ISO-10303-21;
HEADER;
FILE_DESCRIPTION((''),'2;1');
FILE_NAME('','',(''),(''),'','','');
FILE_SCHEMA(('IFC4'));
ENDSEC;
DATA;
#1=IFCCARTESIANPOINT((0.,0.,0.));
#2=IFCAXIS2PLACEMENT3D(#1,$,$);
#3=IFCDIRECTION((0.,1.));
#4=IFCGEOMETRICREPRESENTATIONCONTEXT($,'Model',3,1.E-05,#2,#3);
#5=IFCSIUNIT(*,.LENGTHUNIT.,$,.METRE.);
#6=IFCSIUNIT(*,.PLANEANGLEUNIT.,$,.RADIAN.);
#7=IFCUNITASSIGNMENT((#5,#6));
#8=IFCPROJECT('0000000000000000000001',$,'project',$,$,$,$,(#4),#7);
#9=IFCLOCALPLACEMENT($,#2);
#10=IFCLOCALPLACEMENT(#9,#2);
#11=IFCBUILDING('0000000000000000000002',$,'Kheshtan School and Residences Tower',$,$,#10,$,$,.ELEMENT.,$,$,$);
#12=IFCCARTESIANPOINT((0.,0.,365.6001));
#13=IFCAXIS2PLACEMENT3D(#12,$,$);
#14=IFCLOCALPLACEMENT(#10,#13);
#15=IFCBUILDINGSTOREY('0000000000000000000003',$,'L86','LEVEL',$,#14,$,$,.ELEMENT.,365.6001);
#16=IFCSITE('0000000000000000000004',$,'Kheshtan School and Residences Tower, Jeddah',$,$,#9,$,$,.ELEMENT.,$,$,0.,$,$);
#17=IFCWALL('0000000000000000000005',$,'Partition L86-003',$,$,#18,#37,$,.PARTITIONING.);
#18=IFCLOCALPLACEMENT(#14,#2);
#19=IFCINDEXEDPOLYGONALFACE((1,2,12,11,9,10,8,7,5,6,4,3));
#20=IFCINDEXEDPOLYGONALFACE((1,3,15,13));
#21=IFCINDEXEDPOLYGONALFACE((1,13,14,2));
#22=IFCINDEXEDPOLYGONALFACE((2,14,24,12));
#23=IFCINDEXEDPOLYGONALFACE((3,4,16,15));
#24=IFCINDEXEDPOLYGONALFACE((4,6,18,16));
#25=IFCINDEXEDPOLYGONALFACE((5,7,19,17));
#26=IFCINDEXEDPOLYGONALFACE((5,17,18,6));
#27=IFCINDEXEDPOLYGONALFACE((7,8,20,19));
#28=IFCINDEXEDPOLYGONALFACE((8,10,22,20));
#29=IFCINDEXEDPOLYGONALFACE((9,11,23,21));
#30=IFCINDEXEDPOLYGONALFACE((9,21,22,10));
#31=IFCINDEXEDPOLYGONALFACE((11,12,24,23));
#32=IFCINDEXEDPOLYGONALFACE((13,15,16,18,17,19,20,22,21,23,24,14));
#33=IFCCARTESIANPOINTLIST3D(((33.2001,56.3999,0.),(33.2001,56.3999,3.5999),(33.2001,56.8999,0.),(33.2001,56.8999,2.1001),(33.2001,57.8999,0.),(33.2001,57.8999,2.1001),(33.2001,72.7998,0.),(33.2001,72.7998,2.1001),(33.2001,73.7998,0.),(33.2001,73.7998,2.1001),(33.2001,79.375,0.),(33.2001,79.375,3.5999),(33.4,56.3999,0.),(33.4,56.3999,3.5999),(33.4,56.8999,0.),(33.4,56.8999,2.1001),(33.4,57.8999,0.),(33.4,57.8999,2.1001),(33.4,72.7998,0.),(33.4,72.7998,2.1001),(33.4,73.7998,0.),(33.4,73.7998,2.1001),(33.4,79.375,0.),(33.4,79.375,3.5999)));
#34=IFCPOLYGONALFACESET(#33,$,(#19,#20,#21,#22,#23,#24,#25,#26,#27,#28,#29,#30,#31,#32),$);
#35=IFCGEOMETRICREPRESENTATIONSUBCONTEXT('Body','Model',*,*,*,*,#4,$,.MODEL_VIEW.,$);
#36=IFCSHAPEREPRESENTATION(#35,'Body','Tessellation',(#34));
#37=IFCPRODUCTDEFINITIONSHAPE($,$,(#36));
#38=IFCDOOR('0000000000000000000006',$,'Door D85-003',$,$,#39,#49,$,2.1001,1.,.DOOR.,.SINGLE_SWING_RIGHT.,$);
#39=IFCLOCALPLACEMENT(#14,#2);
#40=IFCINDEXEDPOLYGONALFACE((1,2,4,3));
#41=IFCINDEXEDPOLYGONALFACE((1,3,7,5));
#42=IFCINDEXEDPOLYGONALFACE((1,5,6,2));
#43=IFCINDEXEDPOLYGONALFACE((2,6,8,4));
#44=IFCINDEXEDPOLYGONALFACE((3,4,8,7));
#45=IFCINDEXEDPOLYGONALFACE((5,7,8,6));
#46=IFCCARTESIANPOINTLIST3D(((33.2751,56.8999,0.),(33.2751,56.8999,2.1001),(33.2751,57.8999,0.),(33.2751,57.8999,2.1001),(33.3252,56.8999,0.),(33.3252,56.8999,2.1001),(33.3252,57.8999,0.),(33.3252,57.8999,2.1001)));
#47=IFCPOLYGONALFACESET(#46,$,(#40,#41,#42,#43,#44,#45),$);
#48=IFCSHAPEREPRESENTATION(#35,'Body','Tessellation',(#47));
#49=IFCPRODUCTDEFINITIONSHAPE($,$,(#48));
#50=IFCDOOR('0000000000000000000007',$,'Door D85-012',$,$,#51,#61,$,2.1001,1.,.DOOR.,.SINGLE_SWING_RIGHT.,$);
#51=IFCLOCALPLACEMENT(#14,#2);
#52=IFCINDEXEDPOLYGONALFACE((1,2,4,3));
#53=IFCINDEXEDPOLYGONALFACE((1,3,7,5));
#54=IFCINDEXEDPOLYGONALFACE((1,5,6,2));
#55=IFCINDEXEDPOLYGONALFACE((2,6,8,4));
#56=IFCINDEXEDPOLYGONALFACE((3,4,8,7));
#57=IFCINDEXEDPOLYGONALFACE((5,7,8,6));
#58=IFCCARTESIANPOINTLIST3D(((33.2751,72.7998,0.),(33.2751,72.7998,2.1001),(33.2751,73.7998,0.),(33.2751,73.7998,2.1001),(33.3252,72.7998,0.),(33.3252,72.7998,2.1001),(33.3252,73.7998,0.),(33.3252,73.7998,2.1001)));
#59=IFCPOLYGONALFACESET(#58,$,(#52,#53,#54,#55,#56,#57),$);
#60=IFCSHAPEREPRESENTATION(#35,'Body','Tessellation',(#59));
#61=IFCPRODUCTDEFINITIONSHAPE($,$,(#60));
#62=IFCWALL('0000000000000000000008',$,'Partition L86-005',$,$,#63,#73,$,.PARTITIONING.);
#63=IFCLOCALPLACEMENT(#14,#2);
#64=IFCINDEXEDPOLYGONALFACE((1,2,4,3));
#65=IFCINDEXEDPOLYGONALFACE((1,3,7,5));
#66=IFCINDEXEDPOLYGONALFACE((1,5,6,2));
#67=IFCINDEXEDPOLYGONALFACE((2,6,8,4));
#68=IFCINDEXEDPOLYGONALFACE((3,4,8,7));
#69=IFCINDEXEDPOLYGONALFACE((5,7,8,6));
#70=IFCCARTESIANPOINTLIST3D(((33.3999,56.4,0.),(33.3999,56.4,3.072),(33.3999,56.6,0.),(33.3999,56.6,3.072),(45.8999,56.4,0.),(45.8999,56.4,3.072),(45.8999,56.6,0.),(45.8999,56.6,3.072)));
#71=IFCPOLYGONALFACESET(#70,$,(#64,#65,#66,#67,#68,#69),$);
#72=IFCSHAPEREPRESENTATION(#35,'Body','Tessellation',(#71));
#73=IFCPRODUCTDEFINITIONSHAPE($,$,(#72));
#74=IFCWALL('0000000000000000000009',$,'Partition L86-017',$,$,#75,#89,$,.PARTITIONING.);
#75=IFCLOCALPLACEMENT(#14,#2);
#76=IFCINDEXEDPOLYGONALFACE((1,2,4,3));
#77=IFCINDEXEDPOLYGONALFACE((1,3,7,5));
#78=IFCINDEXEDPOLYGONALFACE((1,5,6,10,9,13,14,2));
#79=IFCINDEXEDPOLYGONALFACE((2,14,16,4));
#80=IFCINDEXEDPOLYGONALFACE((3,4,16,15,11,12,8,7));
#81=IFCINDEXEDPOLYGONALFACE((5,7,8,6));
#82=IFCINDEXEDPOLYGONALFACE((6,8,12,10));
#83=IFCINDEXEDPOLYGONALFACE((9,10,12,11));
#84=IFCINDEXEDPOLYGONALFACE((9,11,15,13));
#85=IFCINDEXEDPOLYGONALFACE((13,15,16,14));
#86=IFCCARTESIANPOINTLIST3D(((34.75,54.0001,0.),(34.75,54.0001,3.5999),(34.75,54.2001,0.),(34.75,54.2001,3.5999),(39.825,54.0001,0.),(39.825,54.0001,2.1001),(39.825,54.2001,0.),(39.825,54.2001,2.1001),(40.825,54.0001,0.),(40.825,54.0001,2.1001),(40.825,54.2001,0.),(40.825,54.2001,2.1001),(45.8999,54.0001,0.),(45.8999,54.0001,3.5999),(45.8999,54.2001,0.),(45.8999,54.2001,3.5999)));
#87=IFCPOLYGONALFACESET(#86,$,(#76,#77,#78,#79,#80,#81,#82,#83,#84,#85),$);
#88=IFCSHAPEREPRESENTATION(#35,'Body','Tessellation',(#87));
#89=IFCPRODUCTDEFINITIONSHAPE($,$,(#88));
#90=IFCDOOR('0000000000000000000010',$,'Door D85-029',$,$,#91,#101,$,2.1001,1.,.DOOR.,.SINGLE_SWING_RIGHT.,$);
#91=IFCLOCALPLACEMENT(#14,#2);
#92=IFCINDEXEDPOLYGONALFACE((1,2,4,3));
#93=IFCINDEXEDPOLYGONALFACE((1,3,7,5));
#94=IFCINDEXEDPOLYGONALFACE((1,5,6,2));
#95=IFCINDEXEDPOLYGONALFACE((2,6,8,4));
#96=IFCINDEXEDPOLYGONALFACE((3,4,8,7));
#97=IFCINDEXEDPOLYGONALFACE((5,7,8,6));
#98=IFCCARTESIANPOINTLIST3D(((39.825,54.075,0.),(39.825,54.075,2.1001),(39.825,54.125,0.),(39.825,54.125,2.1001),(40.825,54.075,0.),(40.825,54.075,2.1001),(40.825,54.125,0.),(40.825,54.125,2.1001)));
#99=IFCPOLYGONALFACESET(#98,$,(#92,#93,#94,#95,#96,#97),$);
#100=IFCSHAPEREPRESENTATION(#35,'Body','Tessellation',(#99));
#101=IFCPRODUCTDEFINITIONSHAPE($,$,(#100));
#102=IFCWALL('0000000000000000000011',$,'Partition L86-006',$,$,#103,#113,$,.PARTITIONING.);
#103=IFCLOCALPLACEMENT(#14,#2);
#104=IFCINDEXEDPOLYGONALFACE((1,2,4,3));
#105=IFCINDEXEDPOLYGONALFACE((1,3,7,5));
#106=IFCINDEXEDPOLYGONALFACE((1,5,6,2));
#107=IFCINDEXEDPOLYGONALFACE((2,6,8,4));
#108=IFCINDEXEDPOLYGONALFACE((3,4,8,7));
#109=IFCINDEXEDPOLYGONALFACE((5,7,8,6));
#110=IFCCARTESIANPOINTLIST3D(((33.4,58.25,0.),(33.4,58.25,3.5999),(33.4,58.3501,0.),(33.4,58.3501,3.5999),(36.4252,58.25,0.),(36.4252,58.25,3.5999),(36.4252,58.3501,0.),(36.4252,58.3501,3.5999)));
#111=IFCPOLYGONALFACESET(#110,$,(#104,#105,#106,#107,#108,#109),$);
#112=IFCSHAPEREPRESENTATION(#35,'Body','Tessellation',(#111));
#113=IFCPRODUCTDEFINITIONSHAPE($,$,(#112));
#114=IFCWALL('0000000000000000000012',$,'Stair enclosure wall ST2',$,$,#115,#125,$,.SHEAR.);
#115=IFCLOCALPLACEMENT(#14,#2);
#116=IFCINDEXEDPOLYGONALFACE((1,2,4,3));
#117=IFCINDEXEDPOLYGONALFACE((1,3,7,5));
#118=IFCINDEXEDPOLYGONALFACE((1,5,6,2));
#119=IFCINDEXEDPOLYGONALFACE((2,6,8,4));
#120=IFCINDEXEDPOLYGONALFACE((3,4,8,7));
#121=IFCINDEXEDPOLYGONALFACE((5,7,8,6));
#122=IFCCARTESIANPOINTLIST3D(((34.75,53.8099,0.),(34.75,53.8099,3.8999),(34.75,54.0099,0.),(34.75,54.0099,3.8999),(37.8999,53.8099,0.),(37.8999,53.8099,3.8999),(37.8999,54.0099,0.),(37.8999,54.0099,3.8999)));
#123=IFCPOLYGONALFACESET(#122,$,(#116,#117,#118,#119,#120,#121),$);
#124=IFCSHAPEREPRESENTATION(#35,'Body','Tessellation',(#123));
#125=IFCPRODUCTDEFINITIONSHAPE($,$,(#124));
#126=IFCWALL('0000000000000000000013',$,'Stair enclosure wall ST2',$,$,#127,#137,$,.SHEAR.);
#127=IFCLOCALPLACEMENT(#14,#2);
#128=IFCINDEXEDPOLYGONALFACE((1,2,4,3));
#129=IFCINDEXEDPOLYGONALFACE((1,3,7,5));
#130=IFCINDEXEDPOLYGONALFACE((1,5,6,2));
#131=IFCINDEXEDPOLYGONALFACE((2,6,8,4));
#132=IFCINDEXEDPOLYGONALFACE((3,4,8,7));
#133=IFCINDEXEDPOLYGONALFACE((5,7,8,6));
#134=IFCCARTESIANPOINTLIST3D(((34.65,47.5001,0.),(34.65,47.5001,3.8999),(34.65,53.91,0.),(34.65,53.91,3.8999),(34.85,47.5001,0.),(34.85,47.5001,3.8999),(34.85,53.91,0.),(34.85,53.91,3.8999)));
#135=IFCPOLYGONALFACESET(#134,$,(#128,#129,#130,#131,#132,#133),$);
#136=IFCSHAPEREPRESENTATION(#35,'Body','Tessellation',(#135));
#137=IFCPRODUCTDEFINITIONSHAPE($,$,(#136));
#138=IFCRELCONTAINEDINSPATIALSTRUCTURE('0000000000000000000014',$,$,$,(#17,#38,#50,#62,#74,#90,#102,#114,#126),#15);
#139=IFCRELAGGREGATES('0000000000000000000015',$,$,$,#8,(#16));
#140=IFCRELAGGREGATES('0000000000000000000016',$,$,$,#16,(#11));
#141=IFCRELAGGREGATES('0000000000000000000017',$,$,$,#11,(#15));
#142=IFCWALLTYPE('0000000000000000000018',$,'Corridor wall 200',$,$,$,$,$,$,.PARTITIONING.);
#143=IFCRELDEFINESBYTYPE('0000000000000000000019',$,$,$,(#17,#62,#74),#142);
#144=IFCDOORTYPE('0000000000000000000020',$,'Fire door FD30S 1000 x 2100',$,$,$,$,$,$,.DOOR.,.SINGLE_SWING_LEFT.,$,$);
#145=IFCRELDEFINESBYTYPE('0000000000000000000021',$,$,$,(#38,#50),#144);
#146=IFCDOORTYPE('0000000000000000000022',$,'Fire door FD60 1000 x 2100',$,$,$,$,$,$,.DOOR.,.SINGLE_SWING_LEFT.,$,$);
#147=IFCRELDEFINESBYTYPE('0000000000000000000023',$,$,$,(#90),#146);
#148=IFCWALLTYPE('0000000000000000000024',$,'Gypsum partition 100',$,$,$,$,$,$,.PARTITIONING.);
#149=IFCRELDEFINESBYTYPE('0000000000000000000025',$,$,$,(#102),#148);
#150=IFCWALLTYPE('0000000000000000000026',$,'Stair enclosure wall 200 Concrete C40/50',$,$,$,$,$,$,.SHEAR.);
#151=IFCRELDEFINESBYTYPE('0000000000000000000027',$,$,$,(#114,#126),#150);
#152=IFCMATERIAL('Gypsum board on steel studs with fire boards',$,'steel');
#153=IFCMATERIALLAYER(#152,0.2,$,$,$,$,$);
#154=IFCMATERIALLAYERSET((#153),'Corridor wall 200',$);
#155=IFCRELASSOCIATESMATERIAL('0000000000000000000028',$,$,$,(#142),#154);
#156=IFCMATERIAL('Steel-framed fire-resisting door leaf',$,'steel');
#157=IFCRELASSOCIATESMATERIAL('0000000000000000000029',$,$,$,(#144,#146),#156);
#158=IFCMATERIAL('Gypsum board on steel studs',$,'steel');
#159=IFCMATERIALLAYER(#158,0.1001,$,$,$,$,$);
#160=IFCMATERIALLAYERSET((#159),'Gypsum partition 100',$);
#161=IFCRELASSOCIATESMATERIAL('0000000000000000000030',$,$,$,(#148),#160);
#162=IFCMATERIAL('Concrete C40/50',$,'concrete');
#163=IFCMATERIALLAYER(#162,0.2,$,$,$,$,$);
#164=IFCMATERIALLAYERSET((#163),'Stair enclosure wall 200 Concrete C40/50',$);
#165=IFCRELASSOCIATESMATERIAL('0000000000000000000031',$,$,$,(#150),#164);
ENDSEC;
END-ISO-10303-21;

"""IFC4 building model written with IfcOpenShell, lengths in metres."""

from ifc_helpers import new_model, si_unit, direction, frame, frame_2d, origin, place, context, subcontext, project, spatial, rectangle, extrude, source, transform, mapped, material, layer, layer_set, type_object, element, fill, save


model = new_model("IFC4")

# Units and contexts
model_context = context("Model", 3, precision=1e-05, world=origin(), true_north=direction((0.0, 1.0)))
body_context = subcontext(model_context, "Body", "Model", "MODEL_VIEW")
ifc_project = project(units=[si_unit("LENGTHUNIT", "METRE"), si_unit("PLANEANGLEUNIT", "RADIAN")], contexts=[model_context])

# Site, building, storey
site_placement = place(None, origin())
site = spatial("IfcSite", under=ifc_project, at=site_placement, Name="Kheshtan School and Residences Tower, Jeddah", CompositionType="ELEMENT", RefElevation=0.0)
building_placement = place(site_placement, origin())
building = spatial("IfcBuilding", under=site, at=building_placement, Name="Kheshtan School and Residences Tower", CompositionType="ELEMENT")
storey_placement = place(building_placement, frame((0.0, 0.0, 365.6001)))
storey = spatial("IfcBuildingStorey", under=building, at=storey_placement, Name="L86", Description="LEVEL", CompositionType="ELEMENT", Elevation=365.6001)

# Wall, openings, doors
ifc_material_1 = material(Name="Gypsum board on steel studs with fire boards", Category="steel")
ifc_layer_1 = layer(ifc_material_1, 0.2)
ifc_layer_set_1 = layer_set([ifc_layer_1], Name="Corridor wall 200")
wall_type_1 = type_object("IfcWallType", Name="Corridor wall 200", PredefinedType="PARTITIONING", material=ifc_layer_set_1)
wall_1_placement = place(storey_placement, frame((33.3, 56.3999, 0.0), z_axis=(0.0, 0.0, 1.0), x_axis=(0.0, 1.0, 0.0)))
wall_1 = element("IfcWall", 1, at=wall_1_placement, inside=storey, type_object=wall_type_1, Name="Partition L86-003", PredefinedType="PARTITIONING", context=body_context, shape_type="SweptSolid", body=[
    extrude(rectangle(XDim=22.9751, YDim=0.2, at=frame_2d((11.4875, 0.0))), origin(), (0.0, 0.0, 1.0), 3.5999),
])
opening_1_placement = place(wall_1_placement, frame((0.5, 0.0, 0.0)))
opening_1 = element("IfcOpeningElement", 2, at=opening_1_placement, cuts=wall_1, PredefinedType="OPENING", context=body_context, shape_type="SweptSolid", body=[
    extrude(rectangle(XDim=1.0, YDim=2.1001, at=frame_2d((0.5, 1.05))), frame((0.0, 0.1099, 0.0), z_axis=(0.0, -1.0, 0.0), x_axis=(1.0, 0.0, 0.0)), (0.0, 0.0, 1.0), 0.22),
])
opening_2_placement = place(wall_1_placement, frame((16.3999, 0.0, 0.0)))
opening_2 = element("IfcOpeningElement", 3, at=opening_2_placement, cuts=wall_1, PredefinedType="OPENING", context=body_context, shape_type="SweptSolid", body=[
    extrude(rectangle(XDim=1.0, YDim=2.1001, at=frame_2d((0.5, 1.05))), frame((0.0, 0.1099, 0.0), z_axis=(0.0, -1.0, 0.0), x_axis=(1.0, 0.0, 0.0)), (0.0, 0.0, 1.0), 0.22),
])
ifc_material_2 = material(Name="Steel-framed fire-resisting door leaf", Category="steel")
door_type_1 = type_object("IfcDoorType", Name="Fire door FD30S 1000 x 2100", OperationType="SINGLE_SWING_LEFT", PredefinedType="DOOR", material=ifc_material_2)
shared_shape_1 = source(origin(), body_context, "Body", "SweptSolid", [
    extrude(rectangle(XDim=1.0, YDim=2.1001, at=frame_2d((0.5, 1.05))), frame((0.0, 0.0249, 0.0), z_axis=(0.0, -1.0, 0.0), x_axis=(1.0, 0.0, 0.0)), (0.0, 0.0, 1.0), 0.05),
])
door_1_placement = place(opening_1_placement, origin())
door_1 = element("IfcDoor", 4, at=door_1_placement, inside=storey, type_object=door_type_1, Name="Door D85-003", OperationType="SINGLE_SWING_RIGHT", OverallHeight=2.1001, OverallWidth=1.0, PredefinedType="DOOR", context=body_context, shape_type="MappedRepresentation", body=[
    mapped(shared_shape_1, transform((0.0, 0.0, 0.0), x_axis=(1.0, 0.0, 0.0), y_axis=(0.0, 1.0, 0.0), z_axis=(0.0, 0.0, 1.0), scale=1.0)),
])
fill(opening_1, door_1)
door_2_placement = place(opening_2_placement, origin())
door_2 = element("IfcDoor", 5, at=door_2_placement, inside=storey, type_object=door_type_1, Name="Door D85-012", OperationType="SINGLE_SWING_RIGHT", OverallHeight=2.1001, OverallWidth=1.0, PredefinedType="DOOR", context=body_context, shape_type="MappedRepresentation", body=[
    mapped(shared_shape_1, transform((0.0, 0.0, 0.0), x_axis=(1.0, 0.0, 0.0), y_axis=(0.0, 1.0, 0.0), z_axis=(0.0, 0.0, 1.0), scale=1.0)),
])
fill(opening_2, door_2)

# Wall
wall_2_placement = place(storey_placement, frame((33.3999, 56.5, 0.0), z_axis=(0.0, 0.0, 1.0), x_axis=(1.0, 0.0, 0.0)))
element("IfcWall", 6, at=wall_2_placement, inside=storey, type_object=wall_type_1, Name="Partition L86-005", PredefinedType="PARTITIONING", context=body_context, shape_type="SweptSolid", body=[
    extrude(rectangle(XDim=12.5, YDim=0.2, at=frame_2d((6.25, 0.0))), origin(), (0.0, 0.0, 1.0), 3.072),
])

# Wall, opening, door
wall_3_placement = place(storey_placement, frame((34.75, 54.1001, 0.0), z_axis=(0.0, 0.0, 1.0), x_axis=(1.0, 0.0, 0.0)))
wall_3 = element("IfcWall", 7, at=wall_3_placement, inside=storey, type_object=wall_type_1, Name="Partition L86-017", PredefinedType="PARTITIONING", context=body_context, shape_type="SweptSolid", body=[
    extrude(rectangle(XDim=11.1499, YDim=0.2, at=frame_2d((5.575, 0.0))), origin(), (0.0, 0.0, 1.0), 3.5999),
])
opening_3_placement = place(wall_3_placement, frame((5.075, 0.0, 0.0)))
opening_3 = element("IfcOpeningElement", 8, at=opening_3_placement, cuts=wall_3, PredefinedType="OPENING", context=body_context, shape_type="SweptSolid", body=[
    extrude(rectangle(XDim=1.0, YDim=2.1001, at=frame_2d((0.5, 1.05))), frame((0.0, 0.1099, 0.0), z_axis=(0.0, -1.0, 0.0), x_axis=(1.0, 0.0, 0.0)), (0.0, 0.0, 1.0), 0.22),
])
door_type_2 = type_object("IfcDoorType", Name="Fire door FD60 1000 x 2100", OperationType="SINGLE_SWING_LEFT", PredefinedType="DOOR", material=ifc_material_2)
shared_shape_2 = source(origin(), body_context, "Body", "SweptSolid", [
    extrude(rectangle(XDim=1.0, YDim=2.1001, at=frame_2d((0.5, 1.05))), frame((0.0, 0.0249, 0.0), z_axis=(0.0, -1.0, 0.0), x_axis=(1.0, 0.0, 0.0)), (0.0, 0.0, 1.0), 0.05),
])
door_3_placement = place(opening_3_placement, origin())
door_3 = element("IfcDoor", 9, at=door_3_placement, inside=storey, type_object=door_type_2, Name="Door D85-029", OperationType="SINGLE_SWING_RIGHT", OverallHeight=2.1001, OverallWidth=1.0, PredefinedType="DOOR", context=body_context, shape_type="MappedRepresentation", body=[
    mapped(shared_shape_2, transform((0.0, 0.0, 0.0), x_axis=(1.0, 0.0, 0.0), y_axis=(0.0, 1.0, 0.0), z_axis=(0.0, 0.0, 1.0), scale=1.0)),
])
fill(opening_3, door_3)

# Walls
ifc_material_3 = material(Name="Gypsum board on steel studs", Category="steel")
ifc_layer_2 = layer(ifc_material_3, 0.1001)
ifc_layer_set_2 = layer_set([ifc_layer_2], Name="Gypsum partition 100")
wall_type_2 = type_object("IfcWallType", Name="Gypsum partition 100", PredefinedType="PARTITIONING", material=ifc_layer_set_2)
wall_4_placement = place(storey_placement, frame((33.3999, 58.3, 0.0), z_axis=(0.0, 0.0, 1.0), x_axis=(1.0, 0.0, 0.0)))
element("IfcWall", 10, at=wall_4_placement, inside=storey, type_object=wall_type_2, Name="Partition L86-006", PredefinedType="PARTITIONING", context=body_context, shape_type="SweptSolid", body=[
    extrude(rectangle(XDim=3.0251, YDim=0.1001, at=frame_2d((1.5127, 0.0))), origin(), (0.0, 0.0, 1.0), 3.5999),
])
ifc_material_4 = material(Name="Concrete C40/50", Category="concrete")
ifc_layer_3 = layer(ifc_material_4, 0.2)
ifc_layer_set_3 = layer_set([ifc_layer_3], Name="Stair enclosure wall 200 Concrete C40/50")
wall_type_3 = type_object("IfcWallType", Name="Stair enclosure wall 200 Concrete C40/50", PredefinedType="SHEAR", material=ifc_layer_set_3)
wall_5_placement = place(storey_placement, frame((34.75, 53.9099, 0.0), z_axis=(0.0, 0.0, 1.0), x_axis=(1.0, 0.0, 0.0)))
element("IfcWall", 11, at=wall_5_placement, inside=storey, type_object=wall_type_3, Name="Stair enclosure wall ST2", PredefinedType="SHEAR", context=body_context, shape_type="SweptSolid", body=[
    extrude(rectangle(XDim=3.1499, YDim=0.2, at=frame_2d((1.575, 0.0))), origin(), (0.0, 0.0, 1.0), 3.8999),
])
wall_6_placement = place(storey_placement, frame((34.75, 47.5, 0.0), z_axis=(0.0, 0.0, 1.0), x_axis=(0.0, 1.0, 0.0)))
element("IfcWall", 12, at=wall_6_placement, inside=storey, type_object=wall_type_3, Name="Stair enclosure wall ST2", PredefinedType="SHEAR", context=body_context, shape_type="SweptSolid", body=[
    extrude(rectangle(XDim=6.4099, YDim=0.2, at=frame_2d((3.2051, 0.0))), origin(), (0.0, 0.0, 1.0), 3.8999),
])

save(model, "model.ifc")
